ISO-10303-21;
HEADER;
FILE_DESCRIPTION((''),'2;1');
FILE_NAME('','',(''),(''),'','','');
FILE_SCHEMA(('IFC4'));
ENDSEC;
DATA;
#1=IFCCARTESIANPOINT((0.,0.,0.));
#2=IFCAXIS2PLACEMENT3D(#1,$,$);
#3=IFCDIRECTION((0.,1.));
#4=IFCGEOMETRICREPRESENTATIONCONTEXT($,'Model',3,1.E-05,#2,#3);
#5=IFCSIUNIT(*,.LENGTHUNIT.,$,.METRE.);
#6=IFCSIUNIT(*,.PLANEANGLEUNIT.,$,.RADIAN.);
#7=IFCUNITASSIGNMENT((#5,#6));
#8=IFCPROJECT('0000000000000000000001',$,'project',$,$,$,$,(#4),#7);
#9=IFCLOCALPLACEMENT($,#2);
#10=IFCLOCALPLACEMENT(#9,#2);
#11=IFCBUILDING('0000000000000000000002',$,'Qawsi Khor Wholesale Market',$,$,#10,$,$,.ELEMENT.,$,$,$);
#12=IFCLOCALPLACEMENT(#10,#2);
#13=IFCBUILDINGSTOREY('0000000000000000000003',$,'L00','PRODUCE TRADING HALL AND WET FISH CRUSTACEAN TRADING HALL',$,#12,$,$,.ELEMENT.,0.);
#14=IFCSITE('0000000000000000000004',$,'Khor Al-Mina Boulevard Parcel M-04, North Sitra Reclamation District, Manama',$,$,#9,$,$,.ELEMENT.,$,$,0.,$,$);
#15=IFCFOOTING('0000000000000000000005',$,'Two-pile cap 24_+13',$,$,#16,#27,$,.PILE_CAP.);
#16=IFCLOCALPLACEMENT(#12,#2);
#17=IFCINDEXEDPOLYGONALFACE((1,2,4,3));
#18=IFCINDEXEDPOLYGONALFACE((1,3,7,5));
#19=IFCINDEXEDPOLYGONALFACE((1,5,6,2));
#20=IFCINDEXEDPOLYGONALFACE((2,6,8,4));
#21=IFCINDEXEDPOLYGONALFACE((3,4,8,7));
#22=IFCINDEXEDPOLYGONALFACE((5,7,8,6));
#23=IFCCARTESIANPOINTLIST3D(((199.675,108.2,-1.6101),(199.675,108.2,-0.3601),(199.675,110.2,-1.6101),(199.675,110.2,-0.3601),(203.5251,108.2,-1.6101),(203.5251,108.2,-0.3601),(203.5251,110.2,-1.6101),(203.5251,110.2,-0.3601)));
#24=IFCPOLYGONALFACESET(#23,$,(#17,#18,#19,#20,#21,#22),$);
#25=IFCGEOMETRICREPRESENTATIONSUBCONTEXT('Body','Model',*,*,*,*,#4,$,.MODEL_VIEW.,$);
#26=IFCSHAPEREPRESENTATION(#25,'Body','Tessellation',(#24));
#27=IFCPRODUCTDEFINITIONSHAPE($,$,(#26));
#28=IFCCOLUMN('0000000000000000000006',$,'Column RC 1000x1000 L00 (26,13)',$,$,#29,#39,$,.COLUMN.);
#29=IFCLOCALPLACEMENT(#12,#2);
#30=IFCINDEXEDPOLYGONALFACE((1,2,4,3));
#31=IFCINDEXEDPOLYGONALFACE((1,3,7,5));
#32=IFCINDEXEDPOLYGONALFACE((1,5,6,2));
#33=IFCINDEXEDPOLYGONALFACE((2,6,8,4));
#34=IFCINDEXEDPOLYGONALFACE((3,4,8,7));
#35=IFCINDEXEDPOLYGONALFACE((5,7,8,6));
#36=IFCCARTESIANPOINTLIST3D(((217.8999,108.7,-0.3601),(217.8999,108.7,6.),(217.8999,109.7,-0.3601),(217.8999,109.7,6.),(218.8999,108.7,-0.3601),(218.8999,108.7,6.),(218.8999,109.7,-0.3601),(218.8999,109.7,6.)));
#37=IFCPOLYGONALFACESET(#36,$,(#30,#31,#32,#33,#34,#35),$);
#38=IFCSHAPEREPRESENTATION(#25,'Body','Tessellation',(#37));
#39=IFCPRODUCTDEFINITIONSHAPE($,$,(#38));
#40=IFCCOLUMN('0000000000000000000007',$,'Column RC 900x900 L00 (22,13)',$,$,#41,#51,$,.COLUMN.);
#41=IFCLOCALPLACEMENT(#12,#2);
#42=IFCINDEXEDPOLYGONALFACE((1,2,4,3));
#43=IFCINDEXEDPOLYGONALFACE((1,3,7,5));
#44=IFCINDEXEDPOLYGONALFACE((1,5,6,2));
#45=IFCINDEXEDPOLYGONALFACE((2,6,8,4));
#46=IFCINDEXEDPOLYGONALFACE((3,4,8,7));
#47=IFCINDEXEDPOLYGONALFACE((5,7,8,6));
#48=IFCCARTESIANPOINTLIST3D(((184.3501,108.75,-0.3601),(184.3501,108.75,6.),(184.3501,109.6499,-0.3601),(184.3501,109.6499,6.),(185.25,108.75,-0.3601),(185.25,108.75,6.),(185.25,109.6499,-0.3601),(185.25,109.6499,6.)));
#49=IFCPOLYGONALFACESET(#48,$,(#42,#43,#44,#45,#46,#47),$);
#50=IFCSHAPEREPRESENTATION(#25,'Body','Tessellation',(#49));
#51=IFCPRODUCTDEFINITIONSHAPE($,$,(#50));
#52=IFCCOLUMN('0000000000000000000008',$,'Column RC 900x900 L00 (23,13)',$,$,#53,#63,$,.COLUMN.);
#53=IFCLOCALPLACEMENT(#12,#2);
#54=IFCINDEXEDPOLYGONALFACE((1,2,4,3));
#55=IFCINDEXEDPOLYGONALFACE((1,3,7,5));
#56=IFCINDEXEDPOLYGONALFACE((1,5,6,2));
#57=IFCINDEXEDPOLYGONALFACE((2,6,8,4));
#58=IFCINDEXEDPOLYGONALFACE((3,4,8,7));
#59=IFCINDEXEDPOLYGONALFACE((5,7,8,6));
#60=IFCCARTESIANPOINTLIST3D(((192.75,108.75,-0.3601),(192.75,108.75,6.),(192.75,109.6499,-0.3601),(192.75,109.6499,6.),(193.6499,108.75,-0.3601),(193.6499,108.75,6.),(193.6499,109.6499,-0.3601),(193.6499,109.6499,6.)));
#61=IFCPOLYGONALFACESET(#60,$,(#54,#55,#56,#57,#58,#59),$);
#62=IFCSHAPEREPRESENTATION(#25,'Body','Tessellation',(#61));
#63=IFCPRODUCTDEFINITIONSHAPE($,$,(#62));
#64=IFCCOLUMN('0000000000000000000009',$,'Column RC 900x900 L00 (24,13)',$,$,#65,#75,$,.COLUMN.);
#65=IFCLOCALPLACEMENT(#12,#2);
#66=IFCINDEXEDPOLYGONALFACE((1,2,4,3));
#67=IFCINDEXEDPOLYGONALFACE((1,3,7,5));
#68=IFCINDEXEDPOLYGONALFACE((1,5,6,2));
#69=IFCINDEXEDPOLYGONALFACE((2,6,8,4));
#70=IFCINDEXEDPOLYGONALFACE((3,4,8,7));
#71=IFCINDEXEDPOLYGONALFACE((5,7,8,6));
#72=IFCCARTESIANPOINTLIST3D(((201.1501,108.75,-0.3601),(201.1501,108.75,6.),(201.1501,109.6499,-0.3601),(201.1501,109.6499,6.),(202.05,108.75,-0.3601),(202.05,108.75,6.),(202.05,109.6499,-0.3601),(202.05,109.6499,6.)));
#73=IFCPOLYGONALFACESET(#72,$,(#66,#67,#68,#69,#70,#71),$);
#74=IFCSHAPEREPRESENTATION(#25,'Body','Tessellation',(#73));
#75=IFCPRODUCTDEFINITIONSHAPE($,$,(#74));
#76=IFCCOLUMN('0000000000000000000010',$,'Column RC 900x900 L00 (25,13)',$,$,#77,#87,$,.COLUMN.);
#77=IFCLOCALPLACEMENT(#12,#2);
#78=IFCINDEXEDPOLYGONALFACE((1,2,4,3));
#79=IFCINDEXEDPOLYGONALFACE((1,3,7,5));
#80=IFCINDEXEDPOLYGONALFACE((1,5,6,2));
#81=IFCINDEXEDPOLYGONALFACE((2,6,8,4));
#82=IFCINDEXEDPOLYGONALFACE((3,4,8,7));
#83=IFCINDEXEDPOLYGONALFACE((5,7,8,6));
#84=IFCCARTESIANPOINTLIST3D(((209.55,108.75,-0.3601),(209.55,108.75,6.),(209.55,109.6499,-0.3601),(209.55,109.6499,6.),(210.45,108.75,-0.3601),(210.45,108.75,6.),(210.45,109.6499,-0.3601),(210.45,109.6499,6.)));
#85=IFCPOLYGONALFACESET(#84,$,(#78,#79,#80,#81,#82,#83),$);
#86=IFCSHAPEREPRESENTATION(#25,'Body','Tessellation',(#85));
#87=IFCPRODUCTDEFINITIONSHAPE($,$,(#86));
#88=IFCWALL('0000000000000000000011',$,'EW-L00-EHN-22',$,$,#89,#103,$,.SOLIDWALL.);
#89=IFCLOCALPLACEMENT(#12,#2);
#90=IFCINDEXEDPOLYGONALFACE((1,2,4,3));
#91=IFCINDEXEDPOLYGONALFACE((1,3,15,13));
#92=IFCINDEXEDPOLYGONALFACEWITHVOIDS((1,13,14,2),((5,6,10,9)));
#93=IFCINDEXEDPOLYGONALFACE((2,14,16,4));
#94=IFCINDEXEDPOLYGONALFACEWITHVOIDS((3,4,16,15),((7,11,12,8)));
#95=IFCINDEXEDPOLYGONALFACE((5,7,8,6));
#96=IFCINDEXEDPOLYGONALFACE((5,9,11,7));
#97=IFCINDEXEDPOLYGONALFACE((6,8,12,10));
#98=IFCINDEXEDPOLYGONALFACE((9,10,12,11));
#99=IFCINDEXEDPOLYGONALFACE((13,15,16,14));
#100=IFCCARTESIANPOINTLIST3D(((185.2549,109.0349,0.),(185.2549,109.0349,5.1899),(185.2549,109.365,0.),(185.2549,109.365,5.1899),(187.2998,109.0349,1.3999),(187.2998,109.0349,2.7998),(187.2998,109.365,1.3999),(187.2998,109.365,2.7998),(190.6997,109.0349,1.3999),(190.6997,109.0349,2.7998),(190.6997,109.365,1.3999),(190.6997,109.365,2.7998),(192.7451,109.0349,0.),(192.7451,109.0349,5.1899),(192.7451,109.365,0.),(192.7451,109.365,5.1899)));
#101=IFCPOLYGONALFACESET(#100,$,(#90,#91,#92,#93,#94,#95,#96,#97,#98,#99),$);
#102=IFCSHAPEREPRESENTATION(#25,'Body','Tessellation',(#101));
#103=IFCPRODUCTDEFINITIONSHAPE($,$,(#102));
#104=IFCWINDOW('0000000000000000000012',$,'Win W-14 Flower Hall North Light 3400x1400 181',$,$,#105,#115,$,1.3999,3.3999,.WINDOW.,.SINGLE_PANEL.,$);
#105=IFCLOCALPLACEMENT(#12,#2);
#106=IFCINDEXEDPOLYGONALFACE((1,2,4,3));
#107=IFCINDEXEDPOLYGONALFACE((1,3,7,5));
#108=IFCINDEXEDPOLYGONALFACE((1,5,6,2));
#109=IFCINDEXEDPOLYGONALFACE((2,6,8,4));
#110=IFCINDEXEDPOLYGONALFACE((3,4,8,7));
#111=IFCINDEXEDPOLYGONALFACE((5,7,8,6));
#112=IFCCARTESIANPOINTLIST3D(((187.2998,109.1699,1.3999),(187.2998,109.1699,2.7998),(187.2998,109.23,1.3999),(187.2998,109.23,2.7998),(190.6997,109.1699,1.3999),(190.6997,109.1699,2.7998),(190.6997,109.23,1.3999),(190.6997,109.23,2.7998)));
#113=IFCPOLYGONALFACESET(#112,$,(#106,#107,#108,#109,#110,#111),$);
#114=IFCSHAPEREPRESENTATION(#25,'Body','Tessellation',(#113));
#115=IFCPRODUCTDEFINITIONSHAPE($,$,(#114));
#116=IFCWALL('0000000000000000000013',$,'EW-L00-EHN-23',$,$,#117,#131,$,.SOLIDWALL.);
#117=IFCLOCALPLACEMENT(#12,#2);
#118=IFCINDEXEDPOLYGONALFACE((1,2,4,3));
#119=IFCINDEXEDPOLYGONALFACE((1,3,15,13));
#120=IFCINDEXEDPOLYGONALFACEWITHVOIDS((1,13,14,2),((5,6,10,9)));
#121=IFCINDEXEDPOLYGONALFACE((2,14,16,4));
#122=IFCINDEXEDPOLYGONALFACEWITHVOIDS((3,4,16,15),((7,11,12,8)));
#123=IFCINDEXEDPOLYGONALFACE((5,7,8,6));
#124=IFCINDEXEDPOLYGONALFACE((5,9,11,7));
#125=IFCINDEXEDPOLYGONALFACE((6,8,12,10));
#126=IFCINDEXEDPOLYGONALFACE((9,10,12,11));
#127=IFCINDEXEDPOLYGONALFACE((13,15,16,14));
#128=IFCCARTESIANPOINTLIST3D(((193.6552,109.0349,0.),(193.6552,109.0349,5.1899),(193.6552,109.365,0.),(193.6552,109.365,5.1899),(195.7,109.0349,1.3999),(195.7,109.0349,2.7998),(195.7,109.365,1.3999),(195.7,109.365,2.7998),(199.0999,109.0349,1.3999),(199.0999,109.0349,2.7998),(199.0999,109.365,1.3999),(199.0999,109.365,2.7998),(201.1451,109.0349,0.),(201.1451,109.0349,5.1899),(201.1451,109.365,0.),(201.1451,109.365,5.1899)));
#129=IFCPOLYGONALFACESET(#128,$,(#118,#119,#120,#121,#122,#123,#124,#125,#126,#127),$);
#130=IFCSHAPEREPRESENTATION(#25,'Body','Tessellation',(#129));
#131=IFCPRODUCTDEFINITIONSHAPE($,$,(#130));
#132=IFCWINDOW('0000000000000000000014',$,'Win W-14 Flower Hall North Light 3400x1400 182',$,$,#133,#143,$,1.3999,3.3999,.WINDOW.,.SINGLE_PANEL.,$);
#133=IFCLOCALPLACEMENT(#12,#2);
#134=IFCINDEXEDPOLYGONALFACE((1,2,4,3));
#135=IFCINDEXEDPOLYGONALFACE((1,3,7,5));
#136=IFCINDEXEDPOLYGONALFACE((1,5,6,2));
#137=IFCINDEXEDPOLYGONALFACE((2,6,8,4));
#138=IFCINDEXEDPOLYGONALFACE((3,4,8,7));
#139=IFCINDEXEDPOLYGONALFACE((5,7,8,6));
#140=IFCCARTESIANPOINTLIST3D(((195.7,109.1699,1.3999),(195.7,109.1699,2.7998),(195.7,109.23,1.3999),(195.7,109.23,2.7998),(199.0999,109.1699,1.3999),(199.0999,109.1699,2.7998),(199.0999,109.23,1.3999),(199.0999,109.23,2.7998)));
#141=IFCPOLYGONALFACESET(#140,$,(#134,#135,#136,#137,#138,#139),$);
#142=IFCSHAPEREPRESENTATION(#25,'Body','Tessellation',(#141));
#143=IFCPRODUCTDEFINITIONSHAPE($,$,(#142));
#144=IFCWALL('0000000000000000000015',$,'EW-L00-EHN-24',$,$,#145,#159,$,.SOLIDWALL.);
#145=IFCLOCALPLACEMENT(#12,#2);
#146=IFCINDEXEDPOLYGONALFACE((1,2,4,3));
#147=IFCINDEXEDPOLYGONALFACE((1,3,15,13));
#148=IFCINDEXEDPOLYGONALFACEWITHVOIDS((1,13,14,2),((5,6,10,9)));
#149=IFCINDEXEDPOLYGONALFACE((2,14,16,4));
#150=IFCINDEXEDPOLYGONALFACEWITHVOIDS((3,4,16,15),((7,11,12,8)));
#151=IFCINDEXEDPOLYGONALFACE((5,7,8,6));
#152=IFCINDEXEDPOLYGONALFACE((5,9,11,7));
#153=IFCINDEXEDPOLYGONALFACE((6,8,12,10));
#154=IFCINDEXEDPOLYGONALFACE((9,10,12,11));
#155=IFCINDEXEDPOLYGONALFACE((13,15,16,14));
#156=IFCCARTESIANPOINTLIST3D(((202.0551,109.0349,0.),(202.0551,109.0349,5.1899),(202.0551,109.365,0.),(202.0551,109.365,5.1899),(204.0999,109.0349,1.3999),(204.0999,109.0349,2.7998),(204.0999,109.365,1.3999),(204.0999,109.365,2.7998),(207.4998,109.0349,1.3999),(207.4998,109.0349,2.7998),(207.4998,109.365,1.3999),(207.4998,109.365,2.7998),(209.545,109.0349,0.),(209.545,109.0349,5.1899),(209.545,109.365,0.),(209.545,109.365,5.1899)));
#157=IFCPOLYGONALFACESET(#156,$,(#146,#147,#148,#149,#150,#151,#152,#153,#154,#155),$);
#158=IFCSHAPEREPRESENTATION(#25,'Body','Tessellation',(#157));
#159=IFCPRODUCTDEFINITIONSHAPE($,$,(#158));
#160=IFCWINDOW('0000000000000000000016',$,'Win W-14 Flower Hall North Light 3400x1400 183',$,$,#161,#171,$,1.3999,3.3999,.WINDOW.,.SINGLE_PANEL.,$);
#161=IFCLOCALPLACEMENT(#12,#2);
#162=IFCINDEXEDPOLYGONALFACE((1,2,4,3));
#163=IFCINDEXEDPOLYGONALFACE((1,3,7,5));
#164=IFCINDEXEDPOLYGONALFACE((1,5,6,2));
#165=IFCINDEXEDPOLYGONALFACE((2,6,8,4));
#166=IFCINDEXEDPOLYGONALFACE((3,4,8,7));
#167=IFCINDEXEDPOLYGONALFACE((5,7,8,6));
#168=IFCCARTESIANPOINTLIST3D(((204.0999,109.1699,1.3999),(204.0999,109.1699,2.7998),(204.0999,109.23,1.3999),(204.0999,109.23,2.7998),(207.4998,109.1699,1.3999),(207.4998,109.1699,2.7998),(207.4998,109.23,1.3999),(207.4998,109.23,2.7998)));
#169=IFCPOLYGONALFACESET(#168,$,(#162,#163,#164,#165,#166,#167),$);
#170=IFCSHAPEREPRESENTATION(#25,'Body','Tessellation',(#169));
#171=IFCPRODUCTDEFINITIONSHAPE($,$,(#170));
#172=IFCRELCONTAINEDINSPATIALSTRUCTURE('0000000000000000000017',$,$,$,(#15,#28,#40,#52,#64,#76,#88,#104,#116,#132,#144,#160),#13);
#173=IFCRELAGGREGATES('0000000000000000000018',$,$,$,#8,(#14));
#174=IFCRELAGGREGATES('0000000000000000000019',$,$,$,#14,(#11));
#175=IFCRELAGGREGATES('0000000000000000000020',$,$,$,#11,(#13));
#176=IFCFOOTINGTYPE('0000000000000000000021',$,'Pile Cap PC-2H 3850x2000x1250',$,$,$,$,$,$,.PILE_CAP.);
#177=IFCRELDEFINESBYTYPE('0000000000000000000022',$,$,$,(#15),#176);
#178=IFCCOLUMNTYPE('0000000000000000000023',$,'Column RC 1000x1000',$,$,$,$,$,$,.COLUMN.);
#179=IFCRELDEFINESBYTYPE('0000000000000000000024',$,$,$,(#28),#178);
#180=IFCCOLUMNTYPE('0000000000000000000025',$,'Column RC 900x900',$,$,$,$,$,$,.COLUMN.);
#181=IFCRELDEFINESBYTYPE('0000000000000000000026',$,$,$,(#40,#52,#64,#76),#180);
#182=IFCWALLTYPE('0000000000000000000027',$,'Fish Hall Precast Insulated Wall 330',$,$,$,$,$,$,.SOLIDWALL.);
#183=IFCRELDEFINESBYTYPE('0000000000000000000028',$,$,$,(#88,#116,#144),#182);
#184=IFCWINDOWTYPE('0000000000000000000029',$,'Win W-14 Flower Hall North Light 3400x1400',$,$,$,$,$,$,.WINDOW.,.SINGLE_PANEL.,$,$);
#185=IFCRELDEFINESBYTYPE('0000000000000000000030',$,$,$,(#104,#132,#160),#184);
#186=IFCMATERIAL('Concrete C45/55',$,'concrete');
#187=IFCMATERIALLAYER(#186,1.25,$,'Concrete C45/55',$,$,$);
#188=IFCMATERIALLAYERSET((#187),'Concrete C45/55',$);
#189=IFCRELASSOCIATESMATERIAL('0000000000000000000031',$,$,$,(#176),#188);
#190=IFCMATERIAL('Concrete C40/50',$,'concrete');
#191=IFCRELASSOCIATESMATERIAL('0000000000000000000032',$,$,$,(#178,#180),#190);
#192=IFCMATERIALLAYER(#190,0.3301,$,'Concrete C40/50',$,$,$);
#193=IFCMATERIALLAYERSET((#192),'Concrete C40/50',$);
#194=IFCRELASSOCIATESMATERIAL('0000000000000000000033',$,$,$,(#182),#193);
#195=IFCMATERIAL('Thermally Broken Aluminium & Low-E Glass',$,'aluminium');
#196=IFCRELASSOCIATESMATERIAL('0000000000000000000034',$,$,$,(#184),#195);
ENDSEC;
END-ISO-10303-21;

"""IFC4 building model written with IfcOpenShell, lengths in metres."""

from ifc_helpers import new_model, si_unit, direction, frame, frame_2d, origin, origin_2d, place, context, subcontext, project, spatial, rectangle, extrude, material, layer, layer_set, material_profile, profile_set, type_object, element, fill, save


model = new_model("IFC4")

# Units and contexts
model_context = context("Model", 3, precision=1e-05, world=origin(), true_north=direction((0.0, 1.0)))
body_context = subcontext(model_context, "Body", "Model", "MODEL_VIEW")
ifc_project = project(units=[si_unit("LENGTHUNIT", "METRE"), si_unit("PLANEANGLEUNIT", "RADIAN")], contexts=[model_context])

# Site, building, storey
site_placement = place(None, origin())
site = spatial("IfcSite", under=ifc_project, at=site_placement, Name="Khor Al-Mina Boulevard Parcel M-04, North Sitra Reclamation District, Manama", CompositionType="ELEMENT", RefElevation=0.0)
building_placement = place(site_placement, origin())
building = spatial("IfcBuilding", under=site, at=building_placement, Name="Qawsi Khor Wholesale Market", CompositionType="ELEMENT")
storey_placement = place(building_placement, origin())
storey = spatial("IfcBuildingStorey", under=building, at=storey_placement, Name="L00", Description="PRODUCE TRADING HALL AND WET FISH CRUSTACEAN TRADING HALL", CompositionType="ELEMENT", Elevation=0.0)

# Shared definitions
ifc_material_1 = material(Name="Concrete C45/55", Category="concrete")

# Footing
ifc_layer_1 = layer(ifc_material_1, 1.25, Name="Concrete C45/55")
ifc_layer_set_1 = layer_set([ifc_layer_1], Name="Concrete C45/55")
footing_type_1 = type_object("IfcFootingType", Name="Pile Cap PC-2H 3850x2000x1250", PredefinedType="PILE_CAP", material=ifc_layer_set_1)
for number, where, z_axis, x_axis, name in (
    (1, (201.6001, 109.2, -1.6101), (0.0, 0.0, 1.0), (1.0, 0.0, 0.0), "Two-pile cap 24_+13"),
):
    element("IfcFooting", number, at=place(storey_placement, frame(where, z_axis=z_axis, x_axis=x_axis)), inside=storey, type_object=footing_type_1, Name=name, PredefinedType="PILE_CAP", context=body_context, shape_type="SweptSolid", body=[
        extrude(rectangle(XDim=3.8501, YDim=2.0, at=origin_2d()), origin(), (0.0, 0.0, 1.0), 1.25),
    ])

# Columns
ifc_material_2 = material(Name="Concrete C40/50", Category="concrete")
ifc_material_profile_1 = material_profile(ifc_material_2, rectangle(XDim=1.0, YDim=1.0, at=origin_2d()), Name="RC 1000x1000")
ifc_profile_set_1 = profile_set([ifc_material_profile_1], Name="Concrete C40/50")
column_type_1 = type_object("IfcColumnType", Name="Column RC 1000x1000", PredefinedType="COLUMN", material=ifc_profile_set_1)
column_placement = place(storey_placement, frame((218.3999, 109.2, -0.3601), z_axis=(0.0, 0.0, 1.0), x_axis=(1.0, 0.0, 0.0)))
element("IfcColumn", 2, at=column_placement, inside=storey, type_object=column_type_1, Name="Column RC 1000x1000 L00 (26,13)", PredefinedType="COLUMN", context=body_context, shape_type="SweptSolid", body=[
    extrude(rectangle(XDim=1.0, YDim=1.0, at=origin_2d()), origin(), (0.0, 0.0, 1.0), 6.3601),
])
ifc_material_profile_2 = material_profile(ifc_material_2, rectangle(XDim=0.8999, YDim=0.8999, at=origin_2d()), Name="RC 900x900")
ifc_profile_set_2 = profile_set([ifc_material_profile_2], Name="Concrete C40/50")
column_type_2 = type_object("IfcColumnType", Name="Column RC 900x900", PredefinedType="COLUMN", material=ifc_profile_set_2)
for number, where, z_axis, x_axis, name in (
    (3, (184.8, 109.2, -0.3601), (0.0, 0.0, 1.0), (1.0, 0.0, 0.0), "Column RC 900x900 L00 (22,13)"),
    (4, (193.2, 109.2, -0.3601), (0.0, 0.0, 1.0), (1.0, 0.0, 0.0), "Column RC 900x900 L00 (23,13)"),
    (5, (201.6001, 109.2, -0.3601), (0.0, 0.0, 1.0), (1.0, 0.0, 0.0), "Column RC 900x900 L00 (24,13)"),
    (6, (210.0, 109.2, -0.3601), (0.0, 0.0, 1.0), (1.0, 0.0, 0.0), "Column RC 900x900 L00 (25,13)"),
):
    element("IfcColumn", number, at=place(storey_placement, frame(where, z_axis=z_axis, x_axis=x_axis)), inside=storey, type_object=column_type_2, Name=name, PredefinedType="COLUMN", context=body_context, shape_type="SweptSolid", body=[
        extrude(rectangle(XDim=0.8999, YDim=0.8999, at=origin_2d()), origin(), (0.0, 0.0, 1.0), 6.3601),
    ])

# Walls, openings, windows
ifc_layer_2 = layer(ifc_material_2, 0.3301, Name="Concrete C40/50")
ifc_layer_set_2 = layer_set([ifc_layer_2], Name="Concrete C40/50")
wall_type_1 = type_object("IfcWallType", Name="Fish Hall Precast Insulated Wall 330", PredefinedType="SOLIDWALL", material=ifc_layer_set_2)
wall_1_placement = place(storey_placement, frame((185.2549, 109.2, 0.0), z_axis=(0.0, 0.0, 1.0), x_axis=(1.0, 0.0, 0.0)))
wall_1 = element("IfcWall", 7, at=wall_1_placement, inside=storey, type_object=wall_type_1, Name="EW-L00-EHN-22", PredefinedType="SOLIDWALL", context=body_context, shape_type="SweptSolid", body=[
    extrude(rectangle(XDim=7.4902, YDim=0.3301, at=frame_2d((3.7451, 0.0))), origin(), (0.0, 0.0, 1.0), 5.1899),
])
opening_1_placement = place(wall_1_placement, frame((2.0449, 0.0, 1.3999)))
opening_1 = element("IfcOpeningElement", 8, at=opening_1_placement, cuts=wall_1, PredefinedType="OPENING", context=body_context, shape_type="SweptSolid", body=[
    extrude(rectangle(XDim=3.3999, YDim=1.3999, at=frame_2d((1.7, 0.7))), frame((0.0, 0.175, 0.0), z_axis=(0.0, -1.0, 0.0), x_axis=(1.0, 0.0, 0.0)), (0.0, 0.0, 1.0), 0.3501),
])
ifc_material_3 = material(Name="Thermally Broken Aluminium & Low-E Glass", Category="aluminium")
window_type = type_object("IfcWindowType", Name="Win W-14 Flower Hall North Light 3400x1400", PartitioningType="SINGLE_PANEL", PredefinedType="WINDOW", material=ifc_material_3)
window_1_placement = place(opening_1_placement, origin())
window_1 = element("IfcWindow", 9, at=window_1_placement, inside=storey, type_object=window_type, Name="Win W-14 Flower Hall North Light 3400x1400 181", OverallHeight=1.3999, OverallWidth=3.3999, PartitioningType="SINGLE_PANEL", PredefinedType="WINDOW", context=body_context, shape_type="SweptSolid", body=[
    extrude(rectangle(XDim=3.3999, YDim=1.3999, at=frame_2d((1.7, 0.7))), frame((0.0, 0.03, 0.0), z_axis=(0.0, -1.0, 0.0), x_axis=(1.0, 0.0, 0.0)), (0.0, 0.0, 1.0), 0.0601),
])
fill(opening_1, window_1)
wall_2_placement = place(storey_placement, frame((193.655, 109.2, 0.0), z_axis=(0.0, 0.0, 1.0), x_axis=(1.0, 0.0, 0.0)))
wall_2 = element("IfcWall", 10, at=wall_2_placement, inside=storey, type_object=wall_type_1, Name="EW-L00-EHN-23", PredefinedType="SOLIDWALL", context=body_context, shape_type="SweptSolid", body=[
    extrude(rectangle(XDim=7.49, YDim=0.3301, at=frame_2d((3.7451, 0.0))), origin(), (0.0, 0.0, 1.0), 5.1899),
])
opening_2_placement = place(wall_2_placement, frame((2.0449, 0.0, 1.3999)))
opening_2 = element("IfcOpeningElement", 11, at=opening_2_placement, cuts=wall_2, PredefinedType="OPENING", context=body_context, shape_type="SweptSolid", body=[
    extrude(rectangle(XDim=3.3999, YDim=1.3999, at=frame_2d((1.7, 0.7))), frame((0.0, 0.175, 0.0), z_axis=(0.0, -1.0, 0.0), x_axis=(1.0, 0.0, 0.0)), (0.0, 0.0, 1.0), 0.3501),
])
window_2_placement = place(opening_2_placement, origin())
window_2 = element("IfcWindow", 12, at=window_2_placement, inside=storey, type_object=window_type, Name="Win W-14 Flower Hall North Light 3400x1400 182", OverallHeight=1.3999, OverallWidth=3.3999, PartitioningType="SINGLE_PANEL", PredefinedType="WINDOW", context=body_context, shape_type="SweptSolid", body=[
    extrude(rectangle(XDim=3.3999, YDim=1.3999, at=frame_2d((1.7, 0.7))), frame((0.0, 0.03, 0.0), z_axis=(0.0, -1.0, 0.0), x_axis=(1.0, 0.0, 0.0)), (0.0, 0.0, 1.0), 0.0601),
])
fill(opening_2, window_2)
wall_3_placement = place(storey_placement, frame((202.0549, 109.2, 0.0), z_axis=(0.0, 0.0, 1.0), x_axis=(1.0, 0.0, 0.0)))
wall_3 = element("IfcWall", 13, at=wall_3_placement, inside=storey, type_object=wall_type_1, Name="EW-L00-EHN-24", PredefinedType="SOLIDWALL", context=body_context, shape_type="SweptSolid", body=[
    extrude(rectangle(XDim=7.49, YDim=0.3301, at=frame_2d((3.7451, 0.0))), origin(), (0.0, 0.0, 1.0), 5.1899),
])
opening_3_placement = place(wall_3_placement, frame((2.0449, 0.0, 1.3999)))
opening_3 = element("IfcOpeningElement", 14, at=opening_3_placement, cuts=wall_3, PredefinedType="OPENING", context=body_context, shape_type="SweptSolid", body=[
    extrude(rectangle(XDim=3.3999, YDim=1.3999, at=frame_2d((1.7, 0.7))), frame((0.0, 0.175, 0.0), z_axis=(0.0, -1.0, 0.0), x_axis=(1.0, 0.0, 0.0)), (0.0, 0.0, 1.0), 0.3501),
])
window_3_placement = place(opening_3_placement, origin())
window_3 = element("IfcWindow", 15, at=window_3_placement, inside=storey, type_object=window_type, Name="Win W-14 Flower Hall North Light 3400x1400 183", OverallHeight=1.3999, OverallWidth=3.3999, PartitioningType="SINGLE_PANEL", PredefinedType="WINDOW", context=body_context, shape_type="SweptSolid", body=[
    extrude(rectangle(XDim=3.3999, YDim=1.3999, at=frame_2d((1.7, 0.7))), frame((0.0, 0.03, 0.0), z_axis=(0.0, -1.0, 0.0), x_axis=(1.0, 0.0, 0.0)), (0.0, 0.0, 1.0), 0.0601),
])
fill(opening_3, window_3)

save(model, "model.ifc")
